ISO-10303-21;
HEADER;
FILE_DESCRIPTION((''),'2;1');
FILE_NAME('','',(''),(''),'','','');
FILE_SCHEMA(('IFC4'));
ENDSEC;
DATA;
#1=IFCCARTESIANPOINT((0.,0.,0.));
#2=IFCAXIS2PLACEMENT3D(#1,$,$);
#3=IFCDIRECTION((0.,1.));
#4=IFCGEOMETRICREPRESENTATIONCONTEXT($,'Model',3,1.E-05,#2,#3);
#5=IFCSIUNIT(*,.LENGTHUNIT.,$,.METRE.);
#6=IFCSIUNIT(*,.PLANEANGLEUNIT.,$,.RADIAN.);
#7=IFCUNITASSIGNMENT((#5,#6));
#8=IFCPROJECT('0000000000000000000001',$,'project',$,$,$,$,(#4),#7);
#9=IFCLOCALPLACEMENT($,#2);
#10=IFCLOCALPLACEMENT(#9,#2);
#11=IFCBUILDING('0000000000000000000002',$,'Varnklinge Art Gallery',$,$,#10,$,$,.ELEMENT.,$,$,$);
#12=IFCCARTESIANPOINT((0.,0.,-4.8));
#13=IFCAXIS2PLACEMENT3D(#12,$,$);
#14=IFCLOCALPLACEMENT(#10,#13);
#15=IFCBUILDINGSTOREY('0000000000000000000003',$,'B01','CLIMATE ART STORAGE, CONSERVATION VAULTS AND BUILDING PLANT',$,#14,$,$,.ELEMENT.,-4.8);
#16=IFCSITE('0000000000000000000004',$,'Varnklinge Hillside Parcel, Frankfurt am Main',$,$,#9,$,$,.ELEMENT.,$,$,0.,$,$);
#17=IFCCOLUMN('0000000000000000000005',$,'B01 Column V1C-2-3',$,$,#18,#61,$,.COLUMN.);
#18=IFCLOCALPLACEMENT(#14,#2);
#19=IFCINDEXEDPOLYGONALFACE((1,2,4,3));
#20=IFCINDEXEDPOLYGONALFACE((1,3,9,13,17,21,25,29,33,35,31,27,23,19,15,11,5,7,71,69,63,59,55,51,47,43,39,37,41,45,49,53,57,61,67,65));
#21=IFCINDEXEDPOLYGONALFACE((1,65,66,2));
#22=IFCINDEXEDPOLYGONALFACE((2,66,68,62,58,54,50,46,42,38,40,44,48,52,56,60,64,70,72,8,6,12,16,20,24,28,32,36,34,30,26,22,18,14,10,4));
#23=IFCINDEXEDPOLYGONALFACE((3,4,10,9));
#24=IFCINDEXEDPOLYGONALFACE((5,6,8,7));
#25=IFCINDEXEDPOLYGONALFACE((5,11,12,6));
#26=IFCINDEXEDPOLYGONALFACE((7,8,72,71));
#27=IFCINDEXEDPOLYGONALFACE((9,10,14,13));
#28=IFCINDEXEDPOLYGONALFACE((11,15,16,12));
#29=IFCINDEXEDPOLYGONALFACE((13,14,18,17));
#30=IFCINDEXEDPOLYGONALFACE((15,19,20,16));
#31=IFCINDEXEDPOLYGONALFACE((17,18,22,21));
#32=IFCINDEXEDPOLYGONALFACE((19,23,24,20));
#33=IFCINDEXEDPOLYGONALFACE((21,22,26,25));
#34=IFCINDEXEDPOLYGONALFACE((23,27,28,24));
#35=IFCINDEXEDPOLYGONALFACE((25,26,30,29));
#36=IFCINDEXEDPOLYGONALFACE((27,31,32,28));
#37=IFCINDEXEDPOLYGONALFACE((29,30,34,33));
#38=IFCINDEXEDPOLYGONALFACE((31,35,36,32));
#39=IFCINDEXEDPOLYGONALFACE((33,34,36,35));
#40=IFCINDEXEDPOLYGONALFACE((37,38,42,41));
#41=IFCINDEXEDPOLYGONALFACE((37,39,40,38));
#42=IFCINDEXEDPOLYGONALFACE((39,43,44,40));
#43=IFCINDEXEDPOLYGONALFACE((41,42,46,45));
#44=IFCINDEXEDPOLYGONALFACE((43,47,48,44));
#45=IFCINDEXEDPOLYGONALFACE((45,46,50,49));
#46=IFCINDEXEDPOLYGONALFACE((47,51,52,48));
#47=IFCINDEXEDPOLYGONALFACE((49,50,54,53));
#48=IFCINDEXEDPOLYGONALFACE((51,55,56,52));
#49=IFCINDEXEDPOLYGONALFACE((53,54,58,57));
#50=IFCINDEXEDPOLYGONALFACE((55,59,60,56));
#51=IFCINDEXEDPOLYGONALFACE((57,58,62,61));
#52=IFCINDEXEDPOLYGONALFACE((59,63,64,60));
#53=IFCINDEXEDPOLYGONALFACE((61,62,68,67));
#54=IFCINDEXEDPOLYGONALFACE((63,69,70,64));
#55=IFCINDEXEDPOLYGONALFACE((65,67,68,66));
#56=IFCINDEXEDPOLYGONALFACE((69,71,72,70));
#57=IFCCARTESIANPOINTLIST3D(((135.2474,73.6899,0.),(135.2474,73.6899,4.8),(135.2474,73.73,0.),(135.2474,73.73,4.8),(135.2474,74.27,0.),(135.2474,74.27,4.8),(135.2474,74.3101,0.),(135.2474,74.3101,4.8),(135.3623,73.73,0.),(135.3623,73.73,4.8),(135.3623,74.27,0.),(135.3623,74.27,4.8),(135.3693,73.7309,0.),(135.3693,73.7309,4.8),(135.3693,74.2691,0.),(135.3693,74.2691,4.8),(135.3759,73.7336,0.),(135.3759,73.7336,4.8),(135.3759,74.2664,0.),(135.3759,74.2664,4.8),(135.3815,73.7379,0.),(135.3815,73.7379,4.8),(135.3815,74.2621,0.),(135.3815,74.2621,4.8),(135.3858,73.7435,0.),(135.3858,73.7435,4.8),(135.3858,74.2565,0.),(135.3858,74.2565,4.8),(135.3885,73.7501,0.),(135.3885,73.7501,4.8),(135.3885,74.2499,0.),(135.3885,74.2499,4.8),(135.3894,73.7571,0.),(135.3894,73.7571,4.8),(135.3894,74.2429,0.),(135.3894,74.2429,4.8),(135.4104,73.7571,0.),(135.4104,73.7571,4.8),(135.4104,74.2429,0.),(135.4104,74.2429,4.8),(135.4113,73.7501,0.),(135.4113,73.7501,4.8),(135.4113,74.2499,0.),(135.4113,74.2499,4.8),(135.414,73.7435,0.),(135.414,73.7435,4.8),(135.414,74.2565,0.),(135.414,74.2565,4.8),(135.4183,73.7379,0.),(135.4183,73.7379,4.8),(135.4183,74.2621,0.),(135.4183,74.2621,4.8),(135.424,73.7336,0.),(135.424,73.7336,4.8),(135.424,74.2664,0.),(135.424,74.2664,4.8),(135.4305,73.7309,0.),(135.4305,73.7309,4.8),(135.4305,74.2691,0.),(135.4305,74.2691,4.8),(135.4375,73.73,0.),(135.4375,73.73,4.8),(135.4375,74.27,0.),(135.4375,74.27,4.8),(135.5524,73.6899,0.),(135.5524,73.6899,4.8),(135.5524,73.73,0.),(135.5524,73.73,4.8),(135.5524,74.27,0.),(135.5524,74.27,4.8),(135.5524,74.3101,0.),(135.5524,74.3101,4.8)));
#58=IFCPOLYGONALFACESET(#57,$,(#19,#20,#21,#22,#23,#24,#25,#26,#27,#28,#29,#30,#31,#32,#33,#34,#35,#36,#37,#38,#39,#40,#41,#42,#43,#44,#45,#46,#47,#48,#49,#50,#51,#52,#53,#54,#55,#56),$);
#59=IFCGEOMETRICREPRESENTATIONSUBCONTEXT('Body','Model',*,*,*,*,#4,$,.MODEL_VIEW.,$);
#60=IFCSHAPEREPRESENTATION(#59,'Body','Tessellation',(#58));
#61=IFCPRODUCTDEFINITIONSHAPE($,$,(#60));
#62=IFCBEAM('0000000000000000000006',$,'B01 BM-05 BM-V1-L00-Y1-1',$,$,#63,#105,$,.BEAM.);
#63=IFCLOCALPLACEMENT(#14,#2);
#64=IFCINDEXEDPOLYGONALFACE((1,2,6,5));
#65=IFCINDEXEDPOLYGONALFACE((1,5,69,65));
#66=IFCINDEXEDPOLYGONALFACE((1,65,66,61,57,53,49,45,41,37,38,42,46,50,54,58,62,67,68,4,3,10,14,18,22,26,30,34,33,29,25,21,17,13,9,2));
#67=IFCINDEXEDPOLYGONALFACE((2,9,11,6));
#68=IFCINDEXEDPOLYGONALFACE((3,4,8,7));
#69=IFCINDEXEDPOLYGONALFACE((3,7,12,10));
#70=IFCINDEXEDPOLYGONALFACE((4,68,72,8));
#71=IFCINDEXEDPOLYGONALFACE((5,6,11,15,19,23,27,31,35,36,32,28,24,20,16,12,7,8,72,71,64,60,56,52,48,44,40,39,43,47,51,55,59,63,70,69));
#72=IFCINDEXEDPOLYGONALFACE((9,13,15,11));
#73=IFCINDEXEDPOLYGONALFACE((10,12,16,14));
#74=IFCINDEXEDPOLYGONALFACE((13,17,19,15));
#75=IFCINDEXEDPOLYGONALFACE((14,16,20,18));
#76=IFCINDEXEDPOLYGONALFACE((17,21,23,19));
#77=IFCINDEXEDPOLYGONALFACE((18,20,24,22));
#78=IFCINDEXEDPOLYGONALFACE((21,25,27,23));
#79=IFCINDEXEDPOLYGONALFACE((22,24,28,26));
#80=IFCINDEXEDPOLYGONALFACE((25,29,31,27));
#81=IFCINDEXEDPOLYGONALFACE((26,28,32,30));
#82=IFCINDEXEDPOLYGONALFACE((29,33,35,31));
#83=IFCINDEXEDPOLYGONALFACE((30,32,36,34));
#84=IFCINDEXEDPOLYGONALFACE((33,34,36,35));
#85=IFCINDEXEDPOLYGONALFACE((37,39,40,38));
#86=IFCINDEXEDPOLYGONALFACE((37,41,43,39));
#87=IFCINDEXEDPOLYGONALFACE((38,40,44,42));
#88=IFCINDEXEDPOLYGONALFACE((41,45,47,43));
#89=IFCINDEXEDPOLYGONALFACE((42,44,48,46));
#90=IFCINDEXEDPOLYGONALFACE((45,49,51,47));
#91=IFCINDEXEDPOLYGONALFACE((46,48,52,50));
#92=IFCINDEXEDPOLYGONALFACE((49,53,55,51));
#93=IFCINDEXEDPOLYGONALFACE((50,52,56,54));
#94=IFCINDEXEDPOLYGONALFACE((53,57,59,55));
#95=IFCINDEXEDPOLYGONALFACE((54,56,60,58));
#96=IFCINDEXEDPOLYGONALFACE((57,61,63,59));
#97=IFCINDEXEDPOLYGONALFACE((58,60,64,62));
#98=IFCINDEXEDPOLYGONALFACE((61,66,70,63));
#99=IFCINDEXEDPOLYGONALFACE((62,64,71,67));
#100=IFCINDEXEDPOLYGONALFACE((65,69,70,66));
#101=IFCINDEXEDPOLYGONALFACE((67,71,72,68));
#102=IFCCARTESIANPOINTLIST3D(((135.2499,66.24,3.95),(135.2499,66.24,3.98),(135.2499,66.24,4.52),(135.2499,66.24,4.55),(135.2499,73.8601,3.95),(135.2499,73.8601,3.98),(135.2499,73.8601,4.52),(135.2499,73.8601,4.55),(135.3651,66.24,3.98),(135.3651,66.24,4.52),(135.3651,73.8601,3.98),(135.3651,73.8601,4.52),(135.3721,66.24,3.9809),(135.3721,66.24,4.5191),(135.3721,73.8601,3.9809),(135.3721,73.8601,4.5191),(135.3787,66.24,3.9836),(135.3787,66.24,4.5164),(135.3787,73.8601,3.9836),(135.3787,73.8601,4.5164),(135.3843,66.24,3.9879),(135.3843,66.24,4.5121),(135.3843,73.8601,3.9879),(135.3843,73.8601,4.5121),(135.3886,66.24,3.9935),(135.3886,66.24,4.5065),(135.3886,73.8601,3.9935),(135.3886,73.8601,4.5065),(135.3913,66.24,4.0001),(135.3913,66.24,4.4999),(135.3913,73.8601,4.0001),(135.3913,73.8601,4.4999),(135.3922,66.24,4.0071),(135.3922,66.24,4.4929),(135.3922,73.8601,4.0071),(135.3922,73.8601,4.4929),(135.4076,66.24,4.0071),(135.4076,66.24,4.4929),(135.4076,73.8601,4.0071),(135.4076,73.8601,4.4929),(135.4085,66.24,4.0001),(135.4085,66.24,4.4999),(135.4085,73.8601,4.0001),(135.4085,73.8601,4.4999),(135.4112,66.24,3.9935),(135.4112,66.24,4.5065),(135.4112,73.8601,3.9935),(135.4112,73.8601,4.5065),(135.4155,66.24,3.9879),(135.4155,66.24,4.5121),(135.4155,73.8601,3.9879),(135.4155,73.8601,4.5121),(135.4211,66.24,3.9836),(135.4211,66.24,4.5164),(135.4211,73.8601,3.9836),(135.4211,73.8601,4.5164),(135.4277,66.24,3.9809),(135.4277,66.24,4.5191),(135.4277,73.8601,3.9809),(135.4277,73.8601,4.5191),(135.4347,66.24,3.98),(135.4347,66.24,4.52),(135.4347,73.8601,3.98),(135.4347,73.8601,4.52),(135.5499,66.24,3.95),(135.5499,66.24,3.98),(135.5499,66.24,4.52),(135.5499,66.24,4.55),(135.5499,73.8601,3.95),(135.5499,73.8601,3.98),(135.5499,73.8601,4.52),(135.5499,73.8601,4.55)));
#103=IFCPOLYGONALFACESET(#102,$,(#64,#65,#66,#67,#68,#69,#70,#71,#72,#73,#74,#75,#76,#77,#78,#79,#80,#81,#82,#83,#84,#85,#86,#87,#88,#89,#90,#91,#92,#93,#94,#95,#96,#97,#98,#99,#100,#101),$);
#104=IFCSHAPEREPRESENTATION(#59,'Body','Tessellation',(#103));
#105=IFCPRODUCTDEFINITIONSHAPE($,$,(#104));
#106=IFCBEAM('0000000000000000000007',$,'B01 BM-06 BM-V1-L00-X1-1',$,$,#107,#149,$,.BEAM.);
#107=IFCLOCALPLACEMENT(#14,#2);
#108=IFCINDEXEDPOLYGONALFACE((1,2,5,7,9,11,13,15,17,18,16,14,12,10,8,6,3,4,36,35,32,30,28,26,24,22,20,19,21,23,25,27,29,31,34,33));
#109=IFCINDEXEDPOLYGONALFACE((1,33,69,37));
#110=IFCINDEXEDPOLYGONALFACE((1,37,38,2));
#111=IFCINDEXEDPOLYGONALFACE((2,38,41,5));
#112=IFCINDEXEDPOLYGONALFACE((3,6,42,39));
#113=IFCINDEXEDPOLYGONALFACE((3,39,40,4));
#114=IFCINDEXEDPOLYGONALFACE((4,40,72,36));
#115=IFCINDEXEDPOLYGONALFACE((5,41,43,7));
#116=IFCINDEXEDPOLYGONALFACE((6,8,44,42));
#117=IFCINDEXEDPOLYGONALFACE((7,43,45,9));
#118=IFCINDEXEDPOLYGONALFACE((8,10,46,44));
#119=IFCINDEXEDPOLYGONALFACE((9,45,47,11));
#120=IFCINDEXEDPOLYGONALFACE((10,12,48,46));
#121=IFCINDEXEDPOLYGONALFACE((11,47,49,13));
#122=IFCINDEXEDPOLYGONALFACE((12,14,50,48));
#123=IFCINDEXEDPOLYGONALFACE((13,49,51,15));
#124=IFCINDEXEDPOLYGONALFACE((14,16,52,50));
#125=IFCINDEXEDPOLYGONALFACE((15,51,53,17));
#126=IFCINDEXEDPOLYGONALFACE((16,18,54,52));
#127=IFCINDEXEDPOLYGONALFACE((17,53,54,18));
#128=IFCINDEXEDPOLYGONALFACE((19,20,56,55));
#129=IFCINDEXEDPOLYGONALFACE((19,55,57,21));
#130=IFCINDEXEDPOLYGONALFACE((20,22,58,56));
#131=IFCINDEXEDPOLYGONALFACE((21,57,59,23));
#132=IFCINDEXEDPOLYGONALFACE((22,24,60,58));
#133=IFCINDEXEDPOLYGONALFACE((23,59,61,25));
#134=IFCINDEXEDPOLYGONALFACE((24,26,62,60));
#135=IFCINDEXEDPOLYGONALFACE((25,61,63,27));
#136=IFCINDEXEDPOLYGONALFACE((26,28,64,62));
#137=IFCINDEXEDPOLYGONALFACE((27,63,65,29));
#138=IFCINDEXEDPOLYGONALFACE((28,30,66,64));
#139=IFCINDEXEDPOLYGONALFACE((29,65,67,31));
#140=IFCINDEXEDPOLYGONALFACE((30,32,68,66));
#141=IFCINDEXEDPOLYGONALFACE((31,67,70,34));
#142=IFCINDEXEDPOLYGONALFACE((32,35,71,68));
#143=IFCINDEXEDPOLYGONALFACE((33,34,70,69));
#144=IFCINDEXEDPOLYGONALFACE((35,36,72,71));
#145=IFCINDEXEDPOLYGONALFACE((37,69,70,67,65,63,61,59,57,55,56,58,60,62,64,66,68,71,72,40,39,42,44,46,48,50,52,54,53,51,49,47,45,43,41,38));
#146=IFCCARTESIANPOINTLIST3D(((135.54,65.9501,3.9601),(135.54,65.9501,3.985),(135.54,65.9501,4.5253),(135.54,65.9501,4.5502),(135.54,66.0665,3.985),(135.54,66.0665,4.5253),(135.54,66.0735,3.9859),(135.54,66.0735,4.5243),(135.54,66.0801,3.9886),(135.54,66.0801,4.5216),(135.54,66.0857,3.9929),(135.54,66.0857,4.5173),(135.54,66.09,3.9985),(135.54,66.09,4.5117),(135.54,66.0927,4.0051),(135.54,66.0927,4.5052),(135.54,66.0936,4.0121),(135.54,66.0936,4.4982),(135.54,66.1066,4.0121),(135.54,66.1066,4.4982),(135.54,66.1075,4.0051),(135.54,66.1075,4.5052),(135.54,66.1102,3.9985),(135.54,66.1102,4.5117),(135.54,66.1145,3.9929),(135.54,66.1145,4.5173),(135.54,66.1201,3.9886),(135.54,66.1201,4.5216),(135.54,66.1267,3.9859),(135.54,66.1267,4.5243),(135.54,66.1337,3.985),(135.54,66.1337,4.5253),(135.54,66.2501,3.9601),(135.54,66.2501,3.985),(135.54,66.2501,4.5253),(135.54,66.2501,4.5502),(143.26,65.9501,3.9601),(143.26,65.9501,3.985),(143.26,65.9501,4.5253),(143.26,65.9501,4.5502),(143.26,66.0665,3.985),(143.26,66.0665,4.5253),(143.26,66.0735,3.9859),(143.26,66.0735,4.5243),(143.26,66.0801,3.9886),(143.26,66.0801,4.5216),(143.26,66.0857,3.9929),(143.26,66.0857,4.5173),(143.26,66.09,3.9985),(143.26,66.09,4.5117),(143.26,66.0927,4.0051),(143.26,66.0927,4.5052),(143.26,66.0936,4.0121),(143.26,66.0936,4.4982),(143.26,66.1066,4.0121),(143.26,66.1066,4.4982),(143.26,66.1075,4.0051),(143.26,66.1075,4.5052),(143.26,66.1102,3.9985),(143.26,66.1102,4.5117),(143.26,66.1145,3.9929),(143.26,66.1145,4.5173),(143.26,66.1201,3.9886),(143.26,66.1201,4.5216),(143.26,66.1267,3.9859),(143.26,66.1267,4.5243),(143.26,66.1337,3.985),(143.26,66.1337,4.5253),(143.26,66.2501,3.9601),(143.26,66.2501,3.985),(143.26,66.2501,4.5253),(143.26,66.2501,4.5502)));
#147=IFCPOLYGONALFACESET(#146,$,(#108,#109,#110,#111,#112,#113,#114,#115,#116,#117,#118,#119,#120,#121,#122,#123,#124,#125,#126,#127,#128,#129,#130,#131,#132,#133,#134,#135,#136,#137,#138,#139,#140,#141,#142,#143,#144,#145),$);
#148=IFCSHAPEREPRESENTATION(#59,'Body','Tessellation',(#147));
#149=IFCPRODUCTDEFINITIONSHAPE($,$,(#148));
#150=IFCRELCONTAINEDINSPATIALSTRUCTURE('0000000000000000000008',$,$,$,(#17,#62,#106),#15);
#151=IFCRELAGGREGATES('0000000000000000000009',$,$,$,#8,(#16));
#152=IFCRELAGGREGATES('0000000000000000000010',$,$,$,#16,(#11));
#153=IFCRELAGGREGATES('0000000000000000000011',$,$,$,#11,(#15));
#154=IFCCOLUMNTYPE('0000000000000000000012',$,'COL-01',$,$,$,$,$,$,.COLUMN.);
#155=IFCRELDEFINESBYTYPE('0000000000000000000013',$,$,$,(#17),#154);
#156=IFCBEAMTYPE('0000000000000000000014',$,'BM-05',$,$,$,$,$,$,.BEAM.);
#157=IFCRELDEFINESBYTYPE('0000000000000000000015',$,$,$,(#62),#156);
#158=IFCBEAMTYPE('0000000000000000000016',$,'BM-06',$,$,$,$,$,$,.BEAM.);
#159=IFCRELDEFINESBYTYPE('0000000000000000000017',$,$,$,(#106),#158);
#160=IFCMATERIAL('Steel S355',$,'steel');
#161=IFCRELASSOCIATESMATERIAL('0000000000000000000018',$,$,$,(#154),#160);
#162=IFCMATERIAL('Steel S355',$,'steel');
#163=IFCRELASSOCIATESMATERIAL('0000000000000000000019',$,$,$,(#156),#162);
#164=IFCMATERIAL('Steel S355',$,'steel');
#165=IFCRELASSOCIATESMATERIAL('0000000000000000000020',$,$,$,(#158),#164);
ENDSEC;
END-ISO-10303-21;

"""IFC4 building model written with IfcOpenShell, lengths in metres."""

from ifc_helpers import new_model, si_unit, direction, frame, origin, origin_2d, place, context, subcontext, project, spatial, i_section, extrude, material, material_profile, profile_set, type_object, element, save


model = new_model("IFC4")

# Units and contexts
model_context = context("Model", 3, precision=1e-05, world=origin(), true_north=direction((0.0, 1.0)))
body_context = subcontext(model_context, "Body", "Model", "MODEL_VIEW")
ifc_project = project(units=[si_unit("LENGTHUNIT", "METRE"), si_unit("PLANEANGLEUNIT", "RADIAN")], contexts=[model_context])

# Site, building, storey
site_placement = place(None, origin())
site = spatial("IfcSite", under=ifc_project, at=site_placement, Name="Varnklinge Hillside Parcel, Frankfurt am Main", CompositionType="ELEMENT", RefElevation=0.0)
building_placement = place(site_placement, origin())
building = spatial("IfcBuilding", under=site, at=building_placement, Name="Varnklinge Art Gallery", CompositionType="ELEMENT")
storey_placement = place(building_placement, frame((0.0, 0.0, -4.8)))
storey = spatial("IfcBuildingStorey", under=building, at=storey_placement, Name="B01", Description="CLIMATE ART STORAGE, CONSERVATION VAULTS AND BUILDING PLANT", CompositionType="ELEMENT", Elevation=-4.8)

# Column
ifc_material_1 = material(Name="Steel S355", Category="steel")
ifc_material_profile_1 = material_profile(ifc_material_1, i_section(OverallWidth=0.3049, OverallDepth=0.6201, WebThickness=0.021, FlangeThickness=0.04, FilletRadius=0.0271, at=origin_2d()), Name="HEM 600")
ifc_profile_set_1 = profile_set([ifc_material_profile_1], Name="Steel S355")
column_type = type_object("IfcColumnType", Name="COL-01", PredefinedType="COLUMN", material=ifc_profile_set_1)
for number, where, z_axis, x_axis, name in (
    (1, (135.3999, 74.0, 0.0), (0.0, 0.0, 1.0), (1.0, 0.0, 0.0), "B01 Column V1C-2-3"),
):
    element("IfcColumn", number, at=place(storey_placement, frame(where, z_axis=z_axis, x_axis=x_axis)), inside=storey, type_object=column_type, Name=name, PredefinedType="COLUMN", context=body_context, shape_type="SweptSolid", body=[
        extrude(i_section(OverallWidth=0.3049, OverallDepth=0.6201, WebThickness=0.021, FlangeThickness=0.04, FilletRadius=0.0271, at=origin_2d()), origin(), (0.0, 0.0, 1.0), 4.8),
    ])

# Beams
ifc_material_2 = material(Name="Steel S355", Category="steel")
ifc_material_profile_2 = material_profile(ifc_material_2, i_section(OverallWidth=0.3, OverallDepth=0.6001, WebThickness=0.0154, FlangeThickness=0.03, FilletRadius=0.0271, at=origin_2d()), Name="HEB 600")
ifc_profile_set_2 = profile_set([ifc_material_profile_2], Name="Steel S355")
beam_type_1 = type_object("IfcBeamType", Name="BM-05", PredefinedType="BEAM", material=ifc_profile_set_2)
beam_1_placement = place(storey_placement, frame((135.3999, 66.24, 4.25), z_axis=(0.0, 1.0, 0.0), x_axis=(-1.0, 0.0, 0.0)))
element("IfcBeam", 2, at=beam_1_placement, inside=storey, type_object=beam_type_1, Name="B01 BM-05 BM-V1-L00-Y1-1", PredefinedType="BEAM", context=body_context, shape_type="SweptSolid", body=[
    extrude(i_section(OverallWidth=0.3, OverallDepth=0.6001, WebThickness=0.0154, FlangeThickness=0.03, FilletRadius=0.0271, at=origin_2d()), origin(), (0.0, 0.0, 1.0), 7.6201),
])
ifc_material_3 = material(Name="Steel S355", Category="steel")
ifc_material_profile_3 = material_profile(ifc_material_3, i_section(OverallWidth=0.3, OverallDepth=0.5901, WebThickness=0.0129, FlangeThickness=0.0249, FilletRadius=0.0271, at=origin_2d()), Name="HEA 600")
ifc_profile_set_3 = profile_set([ifc_material_profile_3], Name="Steel S355")
beam_type_2 = type_object("IfcBeamType", Name="BM-06", PredefinedType="BEAM", material=ifc_profile_set_3)
beam_2_placement = place(storey_placement, frame((135.54, 66.1001, 4.2551), z_axis=(1.0, 0.0, 0.0), x_axis=(0.0, 1.0, 0.0)))
element("IfcBeam", 3, at=beam_2_placement, inside=storey, type_object=beam_type_2, Name="B01 BM-06 BM-V1-L00-X1-1", PredefinedType="BEAM", context=body_context, shape_type="SweptSolid", body=[
    extrude(i_section(OverallWidth=0.3, OverallDepth=0.5901, WebThickness=0.0129, FlangeThickness=0.0249, FilletRadius=0.0271, at=origin_2d()), origin(), (0.0, 0.0, 1.0), 7.72),
])

save(model, "model.ifc")
